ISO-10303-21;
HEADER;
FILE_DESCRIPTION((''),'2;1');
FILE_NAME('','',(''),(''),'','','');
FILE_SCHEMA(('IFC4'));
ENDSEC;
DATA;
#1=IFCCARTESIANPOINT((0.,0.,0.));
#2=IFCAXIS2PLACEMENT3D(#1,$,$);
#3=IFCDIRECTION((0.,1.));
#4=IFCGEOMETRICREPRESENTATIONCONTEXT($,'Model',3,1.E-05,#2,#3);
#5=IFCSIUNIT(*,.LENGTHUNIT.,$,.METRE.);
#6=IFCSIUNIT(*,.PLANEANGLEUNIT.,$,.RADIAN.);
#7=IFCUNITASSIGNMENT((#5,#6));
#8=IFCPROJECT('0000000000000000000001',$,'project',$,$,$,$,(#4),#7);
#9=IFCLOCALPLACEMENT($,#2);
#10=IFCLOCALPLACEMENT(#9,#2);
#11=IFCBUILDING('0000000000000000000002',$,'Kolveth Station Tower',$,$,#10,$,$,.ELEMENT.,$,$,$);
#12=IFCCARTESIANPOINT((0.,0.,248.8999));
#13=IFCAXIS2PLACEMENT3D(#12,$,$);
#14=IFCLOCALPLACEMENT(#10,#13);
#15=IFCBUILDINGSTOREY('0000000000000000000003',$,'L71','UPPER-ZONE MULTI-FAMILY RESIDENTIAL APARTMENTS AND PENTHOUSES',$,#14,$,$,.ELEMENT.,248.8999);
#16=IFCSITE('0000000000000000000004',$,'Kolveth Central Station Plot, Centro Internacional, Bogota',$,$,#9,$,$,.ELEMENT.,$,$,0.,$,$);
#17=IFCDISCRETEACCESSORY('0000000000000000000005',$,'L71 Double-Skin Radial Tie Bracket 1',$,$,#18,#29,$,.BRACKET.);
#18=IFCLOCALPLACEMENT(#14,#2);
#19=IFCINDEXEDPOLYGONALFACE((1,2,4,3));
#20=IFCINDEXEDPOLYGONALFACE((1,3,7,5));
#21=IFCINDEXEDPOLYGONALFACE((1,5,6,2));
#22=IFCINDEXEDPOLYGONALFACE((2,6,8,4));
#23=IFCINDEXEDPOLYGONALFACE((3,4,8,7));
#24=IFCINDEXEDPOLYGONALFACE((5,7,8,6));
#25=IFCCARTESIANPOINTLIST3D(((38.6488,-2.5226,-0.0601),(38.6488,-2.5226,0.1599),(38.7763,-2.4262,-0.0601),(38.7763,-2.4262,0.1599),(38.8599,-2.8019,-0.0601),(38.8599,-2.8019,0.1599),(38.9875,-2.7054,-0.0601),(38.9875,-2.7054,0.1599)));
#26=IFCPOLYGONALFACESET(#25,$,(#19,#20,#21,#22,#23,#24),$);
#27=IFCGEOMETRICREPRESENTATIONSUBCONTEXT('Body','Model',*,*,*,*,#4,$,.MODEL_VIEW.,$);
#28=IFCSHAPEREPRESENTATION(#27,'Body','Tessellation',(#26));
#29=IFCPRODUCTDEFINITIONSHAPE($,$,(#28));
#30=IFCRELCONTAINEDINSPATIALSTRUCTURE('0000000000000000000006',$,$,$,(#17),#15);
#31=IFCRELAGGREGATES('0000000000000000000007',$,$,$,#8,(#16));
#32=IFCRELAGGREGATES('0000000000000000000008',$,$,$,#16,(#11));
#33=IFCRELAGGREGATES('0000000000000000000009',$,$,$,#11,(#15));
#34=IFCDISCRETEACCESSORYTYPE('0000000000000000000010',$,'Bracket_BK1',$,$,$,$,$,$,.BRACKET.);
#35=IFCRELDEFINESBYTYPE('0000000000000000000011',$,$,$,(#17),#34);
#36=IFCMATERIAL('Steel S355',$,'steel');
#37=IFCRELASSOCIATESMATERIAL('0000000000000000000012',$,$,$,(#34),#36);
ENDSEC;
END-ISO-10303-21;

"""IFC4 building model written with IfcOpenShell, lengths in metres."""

from ifc_helpers import new_model, si_unit, direction, frame, origin, origin_2d, place, context, subcontext, project, spatial, rectangle, extrude, source, transform, mapped, material, type_object, element, save


model = new_model("IFC4")

# Units and contexts
model_context = context("Model", 3, precision=1e-05, world=origin(), true_north=direction((0.0, 1.0)))
body_context = subcontext(model_context, "Body", "Model", "MODEL_VIEW")
ifc_project = project(units=[si_unit("LENGTHUNIT", "METRE"), si_unit("PLANEANGLEUNIT", "RADIAN")], contexts=[model_context])

# Site, building, storey
site_placement = place(None, origin())
site = spatial("IfcSite", under=ifc_project, at=site_placement, Name="Kolveth Central Station Plot, Centro Internacional, Bogota", CompositionType="ELEMENT", RefElevation=0.0)
building_placement = place(site_placement, origin())
building = spatial("IfcBuilding", under=site, at=building_placement, Name="Kolveth Station Tower", CompositionType="ELEMENT")
storey_placement = place(building_placement, frame((0.0, 0.0, 248.8999)))
storey = spatial("IfcBuildingStorey", under=building, at=storey_placement, Name="L71", Description="UPPER-ZONE MULTI-FAMILY RESIDENTIAL APARTMENTS AND PENTHOUSES", CompositionType="ELEMENT", Elevation=248.8999)

# Shared definitions
ifc_material_1 = material(Name="Steel S355", Category="steel")

# Discrete accessory
discrete_accessory_type = type_object("IfcDiscreteAccessoryType", Name="Bracket_BK1", PredefinedType="BRACKET", material=ifc_material_1)
shared_shape_1 = source(origin(), body_context, "Body", "SweptSolid", [
    extrude(rectangle(XDim=0.3501, YDim=0.1599, at=origin_2d()), origin(), (0.0, 0.0, 1.0), 0.22),
])
discrete_accessory_placement = place(storey_placement, frame((38.8181, -2.614, -0.0601), z_axis=(0.0, 0.0, 1.0), x_axis=(0.603069, -0.797689, 0.0)))
element("IfcDiscreteAccessory", 1, at=discrete_accessory_placement, inside=storey, type_object=discrete_accessory_type, Name="L71 Double-Skin Radial Tie Bracket 1", PredefinedType="BRACKET", context=body_context, shape_type="MappedRepresentation", body=[
    mapped(shared_shape_1, transform((0.0, 0.0, 0.0), x_axis=(1.0, 0.0, 0.0), y_axis=(0.0, 1.0, 0.0), z_axis=(0.0, 0.0, 1.0), scale=1.0)),
])

save(model, "model.ifc")
